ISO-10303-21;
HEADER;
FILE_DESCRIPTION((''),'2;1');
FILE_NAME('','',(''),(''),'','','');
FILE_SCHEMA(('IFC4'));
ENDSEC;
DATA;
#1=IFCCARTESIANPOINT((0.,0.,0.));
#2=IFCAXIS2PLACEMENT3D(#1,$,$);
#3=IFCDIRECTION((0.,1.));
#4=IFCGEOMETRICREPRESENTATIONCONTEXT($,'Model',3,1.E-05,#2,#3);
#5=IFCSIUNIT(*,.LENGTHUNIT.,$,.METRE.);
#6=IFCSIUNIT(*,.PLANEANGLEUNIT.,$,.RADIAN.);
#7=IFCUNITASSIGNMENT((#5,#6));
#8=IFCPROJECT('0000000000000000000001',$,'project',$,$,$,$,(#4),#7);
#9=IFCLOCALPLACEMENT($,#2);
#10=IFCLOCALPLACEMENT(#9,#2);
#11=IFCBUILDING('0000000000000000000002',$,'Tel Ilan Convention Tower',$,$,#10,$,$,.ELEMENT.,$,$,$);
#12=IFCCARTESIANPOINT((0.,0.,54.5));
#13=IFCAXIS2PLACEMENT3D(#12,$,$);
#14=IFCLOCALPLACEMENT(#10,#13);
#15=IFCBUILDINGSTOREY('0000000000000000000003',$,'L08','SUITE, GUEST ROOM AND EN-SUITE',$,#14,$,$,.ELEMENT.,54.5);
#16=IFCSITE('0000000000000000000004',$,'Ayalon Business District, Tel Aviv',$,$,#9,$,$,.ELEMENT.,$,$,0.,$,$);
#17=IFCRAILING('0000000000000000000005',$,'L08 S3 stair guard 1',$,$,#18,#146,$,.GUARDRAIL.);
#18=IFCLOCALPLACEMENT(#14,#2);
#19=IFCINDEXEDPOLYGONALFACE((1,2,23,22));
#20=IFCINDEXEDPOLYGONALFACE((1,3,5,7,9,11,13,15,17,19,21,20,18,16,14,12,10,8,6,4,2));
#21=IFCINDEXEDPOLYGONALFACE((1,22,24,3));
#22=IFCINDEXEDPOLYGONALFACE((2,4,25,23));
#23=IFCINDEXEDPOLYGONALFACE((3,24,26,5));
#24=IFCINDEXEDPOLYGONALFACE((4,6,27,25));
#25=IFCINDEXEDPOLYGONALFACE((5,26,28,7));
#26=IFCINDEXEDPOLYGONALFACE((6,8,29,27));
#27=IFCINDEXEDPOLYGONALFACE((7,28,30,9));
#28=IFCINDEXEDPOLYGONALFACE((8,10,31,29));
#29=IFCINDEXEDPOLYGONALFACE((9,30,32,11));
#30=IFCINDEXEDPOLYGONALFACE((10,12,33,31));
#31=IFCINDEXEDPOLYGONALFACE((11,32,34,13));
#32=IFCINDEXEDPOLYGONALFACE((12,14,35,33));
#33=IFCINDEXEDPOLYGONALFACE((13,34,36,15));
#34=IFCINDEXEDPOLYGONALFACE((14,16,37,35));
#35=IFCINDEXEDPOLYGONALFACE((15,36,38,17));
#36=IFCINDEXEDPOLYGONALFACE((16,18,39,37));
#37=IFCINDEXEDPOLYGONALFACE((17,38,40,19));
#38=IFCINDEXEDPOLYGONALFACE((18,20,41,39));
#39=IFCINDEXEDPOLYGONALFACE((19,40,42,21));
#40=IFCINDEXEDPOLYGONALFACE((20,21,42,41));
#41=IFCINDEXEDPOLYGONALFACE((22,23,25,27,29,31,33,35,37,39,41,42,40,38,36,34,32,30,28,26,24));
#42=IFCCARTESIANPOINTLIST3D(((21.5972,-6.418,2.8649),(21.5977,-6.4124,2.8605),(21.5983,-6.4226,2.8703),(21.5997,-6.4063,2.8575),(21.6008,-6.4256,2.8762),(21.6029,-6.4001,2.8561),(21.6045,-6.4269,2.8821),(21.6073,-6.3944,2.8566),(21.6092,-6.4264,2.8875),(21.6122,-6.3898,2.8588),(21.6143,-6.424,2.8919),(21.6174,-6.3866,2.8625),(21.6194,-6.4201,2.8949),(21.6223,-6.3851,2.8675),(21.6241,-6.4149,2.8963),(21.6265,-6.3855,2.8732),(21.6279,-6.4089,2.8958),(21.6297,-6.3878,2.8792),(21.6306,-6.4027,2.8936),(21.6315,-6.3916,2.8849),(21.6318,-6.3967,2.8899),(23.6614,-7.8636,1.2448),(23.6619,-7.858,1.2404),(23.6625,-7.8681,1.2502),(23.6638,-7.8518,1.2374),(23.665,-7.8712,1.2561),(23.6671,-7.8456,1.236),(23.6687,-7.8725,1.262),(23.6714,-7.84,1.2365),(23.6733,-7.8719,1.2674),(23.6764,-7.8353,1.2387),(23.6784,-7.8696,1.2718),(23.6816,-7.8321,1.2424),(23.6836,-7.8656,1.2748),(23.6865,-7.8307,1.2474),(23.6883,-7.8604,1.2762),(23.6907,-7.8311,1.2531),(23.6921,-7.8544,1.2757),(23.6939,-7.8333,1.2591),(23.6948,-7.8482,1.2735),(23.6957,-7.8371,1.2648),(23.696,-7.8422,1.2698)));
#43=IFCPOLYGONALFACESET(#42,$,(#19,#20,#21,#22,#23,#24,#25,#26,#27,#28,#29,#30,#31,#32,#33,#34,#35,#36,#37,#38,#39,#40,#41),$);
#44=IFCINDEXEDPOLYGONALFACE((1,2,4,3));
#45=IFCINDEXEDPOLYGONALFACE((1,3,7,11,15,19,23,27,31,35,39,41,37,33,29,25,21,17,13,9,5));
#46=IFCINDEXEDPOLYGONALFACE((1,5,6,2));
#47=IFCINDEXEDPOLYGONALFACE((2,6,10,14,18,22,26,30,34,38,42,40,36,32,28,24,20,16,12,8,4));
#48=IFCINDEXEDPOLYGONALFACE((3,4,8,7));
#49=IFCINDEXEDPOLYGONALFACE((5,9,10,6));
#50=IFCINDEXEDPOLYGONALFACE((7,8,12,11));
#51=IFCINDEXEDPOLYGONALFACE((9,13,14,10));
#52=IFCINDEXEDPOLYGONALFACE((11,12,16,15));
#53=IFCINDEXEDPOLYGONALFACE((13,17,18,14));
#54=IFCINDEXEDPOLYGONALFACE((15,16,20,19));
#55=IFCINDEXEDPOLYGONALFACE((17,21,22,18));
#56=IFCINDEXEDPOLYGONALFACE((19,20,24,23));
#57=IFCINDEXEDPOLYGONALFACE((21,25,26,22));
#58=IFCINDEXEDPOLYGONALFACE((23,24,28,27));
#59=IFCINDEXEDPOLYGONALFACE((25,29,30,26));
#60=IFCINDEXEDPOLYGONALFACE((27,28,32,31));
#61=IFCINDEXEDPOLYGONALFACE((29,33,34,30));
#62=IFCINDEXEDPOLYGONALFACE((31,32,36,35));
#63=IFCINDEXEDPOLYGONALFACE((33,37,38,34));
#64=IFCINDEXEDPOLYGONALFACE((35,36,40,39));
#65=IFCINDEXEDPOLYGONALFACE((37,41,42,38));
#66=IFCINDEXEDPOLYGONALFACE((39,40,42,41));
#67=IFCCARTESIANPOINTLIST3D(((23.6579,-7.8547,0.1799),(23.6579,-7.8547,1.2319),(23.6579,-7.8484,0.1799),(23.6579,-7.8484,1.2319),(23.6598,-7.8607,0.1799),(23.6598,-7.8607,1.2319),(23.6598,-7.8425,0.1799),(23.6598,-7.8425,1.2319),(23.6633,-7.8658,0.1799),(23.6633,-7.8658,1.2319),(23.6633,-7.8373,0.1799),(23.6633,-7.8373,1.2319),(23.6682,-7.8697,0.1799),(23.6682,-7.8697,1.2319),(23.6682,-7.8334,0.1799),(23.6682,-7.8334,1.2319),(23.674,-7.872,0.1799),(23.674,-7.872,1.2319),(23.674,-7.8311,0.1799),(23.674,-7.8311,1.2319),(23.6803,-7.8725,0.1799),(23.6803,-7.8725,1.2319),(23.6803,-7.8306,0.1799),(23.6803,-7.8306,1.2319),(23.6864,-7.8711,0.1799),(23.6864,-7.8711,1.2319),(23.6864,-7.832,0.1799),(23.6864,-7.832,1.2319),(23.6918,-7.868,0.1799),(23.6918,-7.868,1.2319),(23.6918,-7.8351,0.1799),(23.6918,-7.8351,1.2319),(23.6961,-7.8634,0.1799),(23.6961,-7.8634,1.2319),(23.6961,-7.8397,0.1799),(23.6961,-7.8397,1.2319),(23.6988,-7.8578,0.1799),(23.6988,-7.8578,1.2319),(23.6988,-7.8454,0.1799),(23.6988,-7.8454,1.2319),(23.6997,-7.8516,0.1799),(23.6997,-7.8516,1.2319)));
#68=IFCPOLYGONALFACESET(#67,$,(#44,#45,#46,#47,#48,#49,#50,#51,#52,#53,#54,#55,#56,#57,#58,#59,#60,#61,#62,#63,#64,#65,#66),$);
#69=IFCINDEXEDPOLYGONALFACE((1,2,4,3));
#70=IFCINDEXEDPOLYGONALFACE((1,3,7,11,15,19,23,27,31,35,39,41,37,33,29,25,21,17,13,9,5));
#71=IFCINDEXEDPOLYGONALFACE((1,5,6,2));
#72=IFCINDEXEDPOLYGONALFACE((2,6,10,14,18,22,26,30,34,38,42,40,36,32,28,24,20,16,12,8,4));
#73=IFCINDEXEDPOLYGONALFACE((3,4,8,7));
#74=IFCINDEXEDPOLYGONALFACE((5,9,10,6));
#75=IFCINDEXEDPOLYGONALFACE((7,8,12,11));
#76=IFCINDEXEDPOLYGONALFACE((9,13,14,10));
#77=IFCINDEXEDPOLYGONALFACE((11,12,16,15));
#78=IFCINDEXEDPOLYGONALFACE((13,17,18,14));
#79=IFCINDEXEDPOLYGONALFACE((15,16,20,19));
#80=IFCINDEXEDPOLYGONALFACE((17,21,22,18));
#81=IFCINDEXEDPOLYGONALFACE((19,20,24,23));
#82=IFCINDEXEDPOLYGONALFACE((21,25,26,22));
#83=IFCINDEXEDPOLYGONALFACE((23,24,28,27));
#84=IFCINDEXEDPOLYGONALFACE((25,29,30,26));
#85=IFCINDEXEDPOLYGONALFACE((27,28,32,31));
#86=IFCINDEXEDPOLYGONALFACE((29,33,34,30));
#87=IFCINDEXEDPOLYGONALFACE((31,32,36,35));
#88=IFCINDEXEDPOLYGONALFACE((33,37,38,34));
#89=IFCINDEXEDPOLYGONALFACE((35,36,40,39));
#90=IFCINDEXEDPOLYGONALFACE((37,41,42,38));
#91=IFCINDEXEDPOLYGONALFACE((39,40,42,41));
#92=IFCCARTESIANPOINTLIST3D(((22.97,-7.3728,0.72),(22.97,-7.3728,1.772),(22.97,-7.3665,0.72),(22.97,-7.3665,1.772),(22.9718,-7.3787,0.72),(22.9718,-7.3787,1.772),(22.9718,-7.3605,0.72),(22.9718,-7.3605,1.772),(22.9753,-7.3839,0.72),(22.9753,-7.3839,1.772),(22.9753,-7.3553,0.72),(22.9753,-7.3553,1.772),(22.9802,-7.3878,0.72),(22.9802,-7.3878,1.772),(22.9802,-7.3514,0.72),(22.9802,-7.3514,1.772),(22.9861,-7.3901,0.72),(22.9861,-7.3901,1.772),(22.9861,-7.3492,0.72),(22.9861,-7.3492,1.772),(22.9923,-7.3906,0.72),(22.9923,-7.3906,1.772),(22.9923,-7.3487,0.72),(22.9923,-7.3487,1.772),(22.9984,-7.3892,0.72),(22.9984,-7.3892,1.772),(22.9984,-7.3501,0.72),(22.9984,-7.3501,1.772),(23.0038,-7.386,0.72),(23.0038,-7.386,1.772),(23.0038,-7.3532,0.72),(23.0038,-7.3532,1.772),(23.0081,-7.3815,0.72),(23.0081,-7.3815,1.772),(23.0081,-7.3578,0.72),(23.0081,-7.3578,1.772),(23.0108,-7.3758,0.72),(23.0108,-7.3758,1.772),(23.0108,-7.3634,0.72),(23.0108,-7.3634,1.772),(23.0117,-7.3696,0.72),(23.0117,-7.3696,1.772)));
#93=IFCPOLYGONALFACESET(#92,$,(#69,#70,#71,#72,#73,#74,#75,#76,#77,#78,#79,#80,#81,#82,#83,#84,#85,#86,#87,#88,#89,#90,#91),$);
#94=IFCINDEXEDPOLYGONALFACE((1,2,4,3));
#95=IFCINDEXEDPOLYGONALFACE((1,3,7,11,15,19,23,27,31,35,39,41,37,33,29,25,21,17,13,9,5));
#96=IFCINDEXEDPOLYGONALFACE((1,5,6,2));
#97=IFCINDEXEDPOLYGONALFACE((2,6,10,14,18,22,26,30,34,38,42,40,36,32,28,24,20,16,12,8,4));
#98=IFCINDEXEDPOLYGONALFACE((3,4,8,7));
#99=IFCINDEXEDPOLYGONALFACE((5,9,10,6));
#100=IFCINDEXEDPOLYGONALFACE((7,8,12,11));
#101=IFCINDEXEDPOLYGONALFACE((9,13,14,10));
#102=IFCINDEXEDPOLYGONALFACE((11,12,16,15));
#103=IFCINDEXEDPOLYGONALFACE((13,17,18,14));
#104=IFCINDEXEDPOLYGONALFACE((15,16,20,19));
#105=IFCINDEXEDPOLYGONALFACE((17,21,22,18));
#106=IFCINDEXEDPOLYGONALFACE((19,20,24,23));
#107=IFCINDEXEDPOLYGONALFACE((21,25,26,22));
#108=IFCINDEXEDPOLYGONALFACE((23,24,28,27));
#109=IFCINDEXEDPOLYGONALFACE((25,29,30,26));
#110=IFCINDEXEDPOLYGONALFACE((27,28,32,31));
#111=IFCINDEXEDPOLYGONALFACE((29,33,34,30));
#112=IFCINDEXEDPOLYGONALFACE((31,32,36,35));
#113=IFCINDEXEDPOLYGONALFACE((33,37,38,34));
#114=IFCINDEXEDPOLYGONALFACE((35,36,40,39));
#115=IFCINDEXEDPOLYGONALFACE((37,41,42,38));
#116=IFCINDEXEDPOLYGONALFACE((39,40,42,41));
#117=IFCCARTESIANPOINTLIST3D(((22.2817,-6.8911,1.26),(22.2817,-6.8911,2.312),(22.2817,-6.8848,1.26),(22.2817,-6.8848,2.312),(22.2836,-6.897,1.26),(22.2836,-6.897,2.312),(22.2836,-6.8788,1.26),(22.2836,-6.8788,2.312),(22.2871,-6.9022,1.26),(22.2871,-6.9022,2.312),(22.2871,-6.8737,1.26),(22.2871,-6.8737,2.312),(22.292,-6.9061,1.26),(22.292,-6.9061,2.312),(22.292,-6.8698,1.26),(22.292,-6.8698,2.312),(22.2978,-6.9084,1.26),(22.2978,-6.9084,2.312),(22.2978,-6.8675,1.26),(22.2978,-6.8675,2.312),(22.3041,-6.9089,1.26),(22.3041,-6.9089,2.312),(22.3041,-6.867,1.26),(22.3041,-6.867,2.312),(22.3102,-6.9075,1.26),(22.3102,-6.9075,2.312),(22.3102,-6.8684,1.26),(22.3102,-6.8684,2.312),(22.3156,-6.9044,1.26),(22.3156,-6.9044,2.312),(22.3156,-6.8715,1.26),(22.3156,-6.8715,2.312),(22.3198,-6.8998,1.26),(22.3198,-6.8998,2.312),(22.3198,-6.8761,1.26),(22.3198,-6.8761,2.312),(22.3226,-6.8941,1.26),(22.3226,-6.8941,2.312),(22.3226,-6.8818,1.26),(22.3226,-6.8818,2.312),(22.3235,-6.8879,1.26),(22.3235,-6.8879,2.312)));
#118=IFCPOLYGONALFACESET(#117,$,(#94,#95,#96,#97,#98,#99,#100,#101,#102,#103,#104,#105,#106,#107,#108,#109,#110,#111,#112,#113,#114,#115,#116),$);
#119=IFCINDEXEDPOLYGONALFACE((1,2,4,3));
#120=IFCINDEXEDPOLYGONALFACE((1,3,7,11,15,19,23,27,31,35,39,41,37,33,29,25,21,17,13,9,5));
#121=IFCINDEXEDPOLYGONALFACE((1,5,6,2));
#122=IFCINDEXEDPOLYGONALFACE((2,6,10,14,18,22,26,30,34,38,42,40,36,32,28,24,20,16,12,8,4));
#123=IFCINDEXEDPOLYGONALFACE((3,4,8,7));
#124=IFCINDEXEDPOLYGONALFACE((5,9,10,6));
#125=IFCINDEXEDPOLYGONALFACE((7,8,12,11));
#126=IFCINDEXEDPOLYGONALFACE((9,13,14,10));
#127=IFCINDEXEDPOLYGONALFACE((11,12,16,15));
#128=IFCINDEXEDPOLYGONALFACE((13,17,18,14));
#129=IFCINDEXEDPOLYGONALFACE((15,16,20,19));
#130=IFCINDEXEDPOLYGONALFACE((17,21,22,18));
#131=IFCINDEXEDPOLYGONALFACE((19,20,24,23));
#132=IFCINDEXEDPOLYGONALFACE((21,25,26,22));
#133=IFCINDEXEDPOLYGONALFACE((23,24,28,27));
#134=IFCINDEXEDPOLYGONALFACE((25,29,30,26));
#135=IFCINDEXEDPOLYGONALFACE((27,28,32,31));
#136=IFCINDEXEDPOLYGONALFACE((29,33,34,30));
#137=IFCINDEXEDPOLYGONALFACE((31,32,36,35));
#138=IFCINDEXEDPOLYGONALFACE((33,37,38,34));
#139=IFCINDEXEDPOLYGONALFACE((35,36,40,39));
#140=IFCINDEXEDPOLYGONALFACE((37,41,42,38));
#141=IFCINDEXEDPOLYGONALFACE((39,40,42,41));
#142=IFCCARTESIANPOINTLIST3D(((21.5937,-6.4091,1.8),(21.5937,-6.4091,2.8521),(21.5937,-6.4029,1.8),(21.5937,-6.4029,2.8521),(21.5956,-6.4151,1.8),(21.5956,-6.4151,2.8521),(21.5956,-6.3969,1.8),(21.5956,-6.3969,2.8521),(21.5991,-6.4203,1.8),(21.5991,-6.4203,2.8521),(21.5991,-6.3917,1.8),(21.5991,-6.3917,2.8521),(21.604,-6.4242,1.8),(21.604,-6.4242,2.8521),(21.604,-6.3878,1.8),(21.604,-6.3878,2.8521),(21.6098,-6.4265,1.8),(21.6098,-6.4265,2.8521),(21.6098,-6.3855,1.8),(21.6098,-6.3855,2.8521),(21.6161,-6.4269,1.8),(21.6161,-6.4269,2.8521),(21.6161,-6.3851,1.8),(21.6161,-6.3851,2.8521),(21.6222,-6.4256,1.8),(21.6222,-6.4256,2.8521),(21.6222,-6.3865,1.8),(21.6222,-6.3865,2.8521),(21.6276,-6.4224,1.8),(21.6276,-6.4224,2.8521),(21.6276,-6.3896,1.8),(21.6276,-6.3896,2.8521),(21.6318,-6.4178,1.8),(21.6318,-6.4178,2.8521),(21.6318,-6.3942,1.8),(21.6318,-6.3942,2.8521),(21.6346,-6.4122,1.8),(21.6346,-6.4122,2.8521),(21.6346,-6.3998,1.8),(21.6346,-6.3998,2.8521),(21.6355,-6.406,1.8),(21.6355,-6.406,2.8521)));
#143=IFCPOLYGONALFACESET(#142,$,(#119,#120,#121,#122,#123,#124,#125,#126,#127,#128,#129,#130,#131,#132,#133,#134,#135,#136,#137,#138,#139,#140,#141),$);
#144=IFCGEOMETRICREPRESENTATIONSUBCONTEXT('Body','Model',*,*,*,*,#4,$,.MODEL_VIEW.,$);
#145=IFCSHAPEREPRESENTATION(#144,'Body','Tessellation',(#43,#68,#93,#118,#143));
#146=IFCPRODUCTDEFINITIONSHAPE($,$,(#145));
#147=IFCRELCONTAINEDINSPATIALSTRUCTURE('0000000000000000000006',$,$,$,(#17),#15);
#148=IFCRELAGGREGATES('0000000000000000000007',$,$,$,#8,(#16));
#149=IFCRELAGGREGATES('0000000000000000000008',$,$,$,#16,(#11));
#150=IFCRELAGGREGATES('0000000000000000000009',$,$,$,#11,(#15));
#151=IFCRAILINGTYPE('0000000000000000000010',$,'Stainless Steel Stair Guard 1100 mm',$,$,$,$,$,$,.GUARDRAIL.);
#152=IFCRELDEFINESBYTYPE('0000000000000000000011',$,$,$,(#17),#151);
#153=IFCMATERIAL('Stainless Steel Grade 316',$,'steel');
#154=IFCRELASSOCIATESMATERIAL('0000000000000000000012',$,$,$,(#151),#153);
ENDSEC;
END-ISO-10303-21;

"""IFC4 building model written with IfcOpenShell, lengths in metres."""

from ifc_helpers import new_model, si_unit, direction, frame, origin, origin_2d, place, context, subcontext, project, spatial, circle, extrude, material, type_object, element, save


model = new_model("IFC4")

# Units and contexts
model_context = context("Model", 3, precision=1e-05, world=origin(), true_north=direction((0.0, 1.0)))
body_context = subcontext(model_context, "Body", "Model", "MODEL_VIEW")
ifc_project = project(units=[si_unit("LENGTHUNIT", "METRE"), si_unit("PLANEANGLEUNIT", "RADIAN")], contexts=[model_context])

# Site, building, storey
site_placement = place(None, origin())
site = spatial("IfcSite", under=ifc_project, at=site_placement, Name="Ayalon Business District, Tel Aviv", CompositionType="ELEMENT", RefElevation=0.0)
building_placement = place(site_placement, origin())
building = spatial("IfcBuilding", under=site, at=building_placement, Name="Tel Ilan Convention Tower", CompositionType="ELEMENT")
storey_placement = place(building_placement, frame((0.0, 0.0, 54.5)))
storey = spatial("IfcBuildingStorey", under=building, at=storey_placement, Name="L08", Description="SUITE, GUEST ROOM AND EN-SUITE", CompositionType="ELEMENT", Elevation=54.5)

# Railing
ifc_material_1 = material(Name="Stainless Steel Grade 316", Category="steel")
railing_type_1 = type_object("IfcRailingType", Name="Stainless Steel Stair Guard 1100 mm", PredefinedType="GUARDRAIL", material=ifc_material_1)
railing_1_placement = place(storey_placement, frame((23.6787, -7.8516, 0.1799)))
element("IfcRailing", 1, at=railing_1_placement, inside=storey, type_object=railing_type_1, Name="L08 S3 stair guard 1", PredefinedType="GUARDRAIL", context=body_context, shape_type="SweptSolid", body=[
    extrude(circle(Radius=0.0239, at=origin_2d()), frame((0.0, 0.0, 1.0762), z_axis=(-0.689013, 0.482513, 0.540779), x_axis=(-0.573625, -0.819118, 0.0)), (0.0, 0.0, 1.0), 2.9958),
    extrude(circle(Radius=0.021, at=origin_2d()), origin(), (0.0, 0.0, 1.0), 1.052),
    extrude(circle(Radius=0.021, at=origin_2d()), frame((-0.688, 0.4819, 0.54)), (0.0, 0.0, 1.0), 1.052),
    extrude(circle(Radius=0.021, at=origin_2d()), frame((-1.3762, 0.9636, 1.0801)), (0.0, 0.0, 1.0), 1.052),
    extrude(circle(Radius=0.021, at=origin_2d()), frame((-2.0642, 1.4456, 1.6201)), (0.0, 0.0, 1.0), 1.052),
])

save(model, "model.ifc")
